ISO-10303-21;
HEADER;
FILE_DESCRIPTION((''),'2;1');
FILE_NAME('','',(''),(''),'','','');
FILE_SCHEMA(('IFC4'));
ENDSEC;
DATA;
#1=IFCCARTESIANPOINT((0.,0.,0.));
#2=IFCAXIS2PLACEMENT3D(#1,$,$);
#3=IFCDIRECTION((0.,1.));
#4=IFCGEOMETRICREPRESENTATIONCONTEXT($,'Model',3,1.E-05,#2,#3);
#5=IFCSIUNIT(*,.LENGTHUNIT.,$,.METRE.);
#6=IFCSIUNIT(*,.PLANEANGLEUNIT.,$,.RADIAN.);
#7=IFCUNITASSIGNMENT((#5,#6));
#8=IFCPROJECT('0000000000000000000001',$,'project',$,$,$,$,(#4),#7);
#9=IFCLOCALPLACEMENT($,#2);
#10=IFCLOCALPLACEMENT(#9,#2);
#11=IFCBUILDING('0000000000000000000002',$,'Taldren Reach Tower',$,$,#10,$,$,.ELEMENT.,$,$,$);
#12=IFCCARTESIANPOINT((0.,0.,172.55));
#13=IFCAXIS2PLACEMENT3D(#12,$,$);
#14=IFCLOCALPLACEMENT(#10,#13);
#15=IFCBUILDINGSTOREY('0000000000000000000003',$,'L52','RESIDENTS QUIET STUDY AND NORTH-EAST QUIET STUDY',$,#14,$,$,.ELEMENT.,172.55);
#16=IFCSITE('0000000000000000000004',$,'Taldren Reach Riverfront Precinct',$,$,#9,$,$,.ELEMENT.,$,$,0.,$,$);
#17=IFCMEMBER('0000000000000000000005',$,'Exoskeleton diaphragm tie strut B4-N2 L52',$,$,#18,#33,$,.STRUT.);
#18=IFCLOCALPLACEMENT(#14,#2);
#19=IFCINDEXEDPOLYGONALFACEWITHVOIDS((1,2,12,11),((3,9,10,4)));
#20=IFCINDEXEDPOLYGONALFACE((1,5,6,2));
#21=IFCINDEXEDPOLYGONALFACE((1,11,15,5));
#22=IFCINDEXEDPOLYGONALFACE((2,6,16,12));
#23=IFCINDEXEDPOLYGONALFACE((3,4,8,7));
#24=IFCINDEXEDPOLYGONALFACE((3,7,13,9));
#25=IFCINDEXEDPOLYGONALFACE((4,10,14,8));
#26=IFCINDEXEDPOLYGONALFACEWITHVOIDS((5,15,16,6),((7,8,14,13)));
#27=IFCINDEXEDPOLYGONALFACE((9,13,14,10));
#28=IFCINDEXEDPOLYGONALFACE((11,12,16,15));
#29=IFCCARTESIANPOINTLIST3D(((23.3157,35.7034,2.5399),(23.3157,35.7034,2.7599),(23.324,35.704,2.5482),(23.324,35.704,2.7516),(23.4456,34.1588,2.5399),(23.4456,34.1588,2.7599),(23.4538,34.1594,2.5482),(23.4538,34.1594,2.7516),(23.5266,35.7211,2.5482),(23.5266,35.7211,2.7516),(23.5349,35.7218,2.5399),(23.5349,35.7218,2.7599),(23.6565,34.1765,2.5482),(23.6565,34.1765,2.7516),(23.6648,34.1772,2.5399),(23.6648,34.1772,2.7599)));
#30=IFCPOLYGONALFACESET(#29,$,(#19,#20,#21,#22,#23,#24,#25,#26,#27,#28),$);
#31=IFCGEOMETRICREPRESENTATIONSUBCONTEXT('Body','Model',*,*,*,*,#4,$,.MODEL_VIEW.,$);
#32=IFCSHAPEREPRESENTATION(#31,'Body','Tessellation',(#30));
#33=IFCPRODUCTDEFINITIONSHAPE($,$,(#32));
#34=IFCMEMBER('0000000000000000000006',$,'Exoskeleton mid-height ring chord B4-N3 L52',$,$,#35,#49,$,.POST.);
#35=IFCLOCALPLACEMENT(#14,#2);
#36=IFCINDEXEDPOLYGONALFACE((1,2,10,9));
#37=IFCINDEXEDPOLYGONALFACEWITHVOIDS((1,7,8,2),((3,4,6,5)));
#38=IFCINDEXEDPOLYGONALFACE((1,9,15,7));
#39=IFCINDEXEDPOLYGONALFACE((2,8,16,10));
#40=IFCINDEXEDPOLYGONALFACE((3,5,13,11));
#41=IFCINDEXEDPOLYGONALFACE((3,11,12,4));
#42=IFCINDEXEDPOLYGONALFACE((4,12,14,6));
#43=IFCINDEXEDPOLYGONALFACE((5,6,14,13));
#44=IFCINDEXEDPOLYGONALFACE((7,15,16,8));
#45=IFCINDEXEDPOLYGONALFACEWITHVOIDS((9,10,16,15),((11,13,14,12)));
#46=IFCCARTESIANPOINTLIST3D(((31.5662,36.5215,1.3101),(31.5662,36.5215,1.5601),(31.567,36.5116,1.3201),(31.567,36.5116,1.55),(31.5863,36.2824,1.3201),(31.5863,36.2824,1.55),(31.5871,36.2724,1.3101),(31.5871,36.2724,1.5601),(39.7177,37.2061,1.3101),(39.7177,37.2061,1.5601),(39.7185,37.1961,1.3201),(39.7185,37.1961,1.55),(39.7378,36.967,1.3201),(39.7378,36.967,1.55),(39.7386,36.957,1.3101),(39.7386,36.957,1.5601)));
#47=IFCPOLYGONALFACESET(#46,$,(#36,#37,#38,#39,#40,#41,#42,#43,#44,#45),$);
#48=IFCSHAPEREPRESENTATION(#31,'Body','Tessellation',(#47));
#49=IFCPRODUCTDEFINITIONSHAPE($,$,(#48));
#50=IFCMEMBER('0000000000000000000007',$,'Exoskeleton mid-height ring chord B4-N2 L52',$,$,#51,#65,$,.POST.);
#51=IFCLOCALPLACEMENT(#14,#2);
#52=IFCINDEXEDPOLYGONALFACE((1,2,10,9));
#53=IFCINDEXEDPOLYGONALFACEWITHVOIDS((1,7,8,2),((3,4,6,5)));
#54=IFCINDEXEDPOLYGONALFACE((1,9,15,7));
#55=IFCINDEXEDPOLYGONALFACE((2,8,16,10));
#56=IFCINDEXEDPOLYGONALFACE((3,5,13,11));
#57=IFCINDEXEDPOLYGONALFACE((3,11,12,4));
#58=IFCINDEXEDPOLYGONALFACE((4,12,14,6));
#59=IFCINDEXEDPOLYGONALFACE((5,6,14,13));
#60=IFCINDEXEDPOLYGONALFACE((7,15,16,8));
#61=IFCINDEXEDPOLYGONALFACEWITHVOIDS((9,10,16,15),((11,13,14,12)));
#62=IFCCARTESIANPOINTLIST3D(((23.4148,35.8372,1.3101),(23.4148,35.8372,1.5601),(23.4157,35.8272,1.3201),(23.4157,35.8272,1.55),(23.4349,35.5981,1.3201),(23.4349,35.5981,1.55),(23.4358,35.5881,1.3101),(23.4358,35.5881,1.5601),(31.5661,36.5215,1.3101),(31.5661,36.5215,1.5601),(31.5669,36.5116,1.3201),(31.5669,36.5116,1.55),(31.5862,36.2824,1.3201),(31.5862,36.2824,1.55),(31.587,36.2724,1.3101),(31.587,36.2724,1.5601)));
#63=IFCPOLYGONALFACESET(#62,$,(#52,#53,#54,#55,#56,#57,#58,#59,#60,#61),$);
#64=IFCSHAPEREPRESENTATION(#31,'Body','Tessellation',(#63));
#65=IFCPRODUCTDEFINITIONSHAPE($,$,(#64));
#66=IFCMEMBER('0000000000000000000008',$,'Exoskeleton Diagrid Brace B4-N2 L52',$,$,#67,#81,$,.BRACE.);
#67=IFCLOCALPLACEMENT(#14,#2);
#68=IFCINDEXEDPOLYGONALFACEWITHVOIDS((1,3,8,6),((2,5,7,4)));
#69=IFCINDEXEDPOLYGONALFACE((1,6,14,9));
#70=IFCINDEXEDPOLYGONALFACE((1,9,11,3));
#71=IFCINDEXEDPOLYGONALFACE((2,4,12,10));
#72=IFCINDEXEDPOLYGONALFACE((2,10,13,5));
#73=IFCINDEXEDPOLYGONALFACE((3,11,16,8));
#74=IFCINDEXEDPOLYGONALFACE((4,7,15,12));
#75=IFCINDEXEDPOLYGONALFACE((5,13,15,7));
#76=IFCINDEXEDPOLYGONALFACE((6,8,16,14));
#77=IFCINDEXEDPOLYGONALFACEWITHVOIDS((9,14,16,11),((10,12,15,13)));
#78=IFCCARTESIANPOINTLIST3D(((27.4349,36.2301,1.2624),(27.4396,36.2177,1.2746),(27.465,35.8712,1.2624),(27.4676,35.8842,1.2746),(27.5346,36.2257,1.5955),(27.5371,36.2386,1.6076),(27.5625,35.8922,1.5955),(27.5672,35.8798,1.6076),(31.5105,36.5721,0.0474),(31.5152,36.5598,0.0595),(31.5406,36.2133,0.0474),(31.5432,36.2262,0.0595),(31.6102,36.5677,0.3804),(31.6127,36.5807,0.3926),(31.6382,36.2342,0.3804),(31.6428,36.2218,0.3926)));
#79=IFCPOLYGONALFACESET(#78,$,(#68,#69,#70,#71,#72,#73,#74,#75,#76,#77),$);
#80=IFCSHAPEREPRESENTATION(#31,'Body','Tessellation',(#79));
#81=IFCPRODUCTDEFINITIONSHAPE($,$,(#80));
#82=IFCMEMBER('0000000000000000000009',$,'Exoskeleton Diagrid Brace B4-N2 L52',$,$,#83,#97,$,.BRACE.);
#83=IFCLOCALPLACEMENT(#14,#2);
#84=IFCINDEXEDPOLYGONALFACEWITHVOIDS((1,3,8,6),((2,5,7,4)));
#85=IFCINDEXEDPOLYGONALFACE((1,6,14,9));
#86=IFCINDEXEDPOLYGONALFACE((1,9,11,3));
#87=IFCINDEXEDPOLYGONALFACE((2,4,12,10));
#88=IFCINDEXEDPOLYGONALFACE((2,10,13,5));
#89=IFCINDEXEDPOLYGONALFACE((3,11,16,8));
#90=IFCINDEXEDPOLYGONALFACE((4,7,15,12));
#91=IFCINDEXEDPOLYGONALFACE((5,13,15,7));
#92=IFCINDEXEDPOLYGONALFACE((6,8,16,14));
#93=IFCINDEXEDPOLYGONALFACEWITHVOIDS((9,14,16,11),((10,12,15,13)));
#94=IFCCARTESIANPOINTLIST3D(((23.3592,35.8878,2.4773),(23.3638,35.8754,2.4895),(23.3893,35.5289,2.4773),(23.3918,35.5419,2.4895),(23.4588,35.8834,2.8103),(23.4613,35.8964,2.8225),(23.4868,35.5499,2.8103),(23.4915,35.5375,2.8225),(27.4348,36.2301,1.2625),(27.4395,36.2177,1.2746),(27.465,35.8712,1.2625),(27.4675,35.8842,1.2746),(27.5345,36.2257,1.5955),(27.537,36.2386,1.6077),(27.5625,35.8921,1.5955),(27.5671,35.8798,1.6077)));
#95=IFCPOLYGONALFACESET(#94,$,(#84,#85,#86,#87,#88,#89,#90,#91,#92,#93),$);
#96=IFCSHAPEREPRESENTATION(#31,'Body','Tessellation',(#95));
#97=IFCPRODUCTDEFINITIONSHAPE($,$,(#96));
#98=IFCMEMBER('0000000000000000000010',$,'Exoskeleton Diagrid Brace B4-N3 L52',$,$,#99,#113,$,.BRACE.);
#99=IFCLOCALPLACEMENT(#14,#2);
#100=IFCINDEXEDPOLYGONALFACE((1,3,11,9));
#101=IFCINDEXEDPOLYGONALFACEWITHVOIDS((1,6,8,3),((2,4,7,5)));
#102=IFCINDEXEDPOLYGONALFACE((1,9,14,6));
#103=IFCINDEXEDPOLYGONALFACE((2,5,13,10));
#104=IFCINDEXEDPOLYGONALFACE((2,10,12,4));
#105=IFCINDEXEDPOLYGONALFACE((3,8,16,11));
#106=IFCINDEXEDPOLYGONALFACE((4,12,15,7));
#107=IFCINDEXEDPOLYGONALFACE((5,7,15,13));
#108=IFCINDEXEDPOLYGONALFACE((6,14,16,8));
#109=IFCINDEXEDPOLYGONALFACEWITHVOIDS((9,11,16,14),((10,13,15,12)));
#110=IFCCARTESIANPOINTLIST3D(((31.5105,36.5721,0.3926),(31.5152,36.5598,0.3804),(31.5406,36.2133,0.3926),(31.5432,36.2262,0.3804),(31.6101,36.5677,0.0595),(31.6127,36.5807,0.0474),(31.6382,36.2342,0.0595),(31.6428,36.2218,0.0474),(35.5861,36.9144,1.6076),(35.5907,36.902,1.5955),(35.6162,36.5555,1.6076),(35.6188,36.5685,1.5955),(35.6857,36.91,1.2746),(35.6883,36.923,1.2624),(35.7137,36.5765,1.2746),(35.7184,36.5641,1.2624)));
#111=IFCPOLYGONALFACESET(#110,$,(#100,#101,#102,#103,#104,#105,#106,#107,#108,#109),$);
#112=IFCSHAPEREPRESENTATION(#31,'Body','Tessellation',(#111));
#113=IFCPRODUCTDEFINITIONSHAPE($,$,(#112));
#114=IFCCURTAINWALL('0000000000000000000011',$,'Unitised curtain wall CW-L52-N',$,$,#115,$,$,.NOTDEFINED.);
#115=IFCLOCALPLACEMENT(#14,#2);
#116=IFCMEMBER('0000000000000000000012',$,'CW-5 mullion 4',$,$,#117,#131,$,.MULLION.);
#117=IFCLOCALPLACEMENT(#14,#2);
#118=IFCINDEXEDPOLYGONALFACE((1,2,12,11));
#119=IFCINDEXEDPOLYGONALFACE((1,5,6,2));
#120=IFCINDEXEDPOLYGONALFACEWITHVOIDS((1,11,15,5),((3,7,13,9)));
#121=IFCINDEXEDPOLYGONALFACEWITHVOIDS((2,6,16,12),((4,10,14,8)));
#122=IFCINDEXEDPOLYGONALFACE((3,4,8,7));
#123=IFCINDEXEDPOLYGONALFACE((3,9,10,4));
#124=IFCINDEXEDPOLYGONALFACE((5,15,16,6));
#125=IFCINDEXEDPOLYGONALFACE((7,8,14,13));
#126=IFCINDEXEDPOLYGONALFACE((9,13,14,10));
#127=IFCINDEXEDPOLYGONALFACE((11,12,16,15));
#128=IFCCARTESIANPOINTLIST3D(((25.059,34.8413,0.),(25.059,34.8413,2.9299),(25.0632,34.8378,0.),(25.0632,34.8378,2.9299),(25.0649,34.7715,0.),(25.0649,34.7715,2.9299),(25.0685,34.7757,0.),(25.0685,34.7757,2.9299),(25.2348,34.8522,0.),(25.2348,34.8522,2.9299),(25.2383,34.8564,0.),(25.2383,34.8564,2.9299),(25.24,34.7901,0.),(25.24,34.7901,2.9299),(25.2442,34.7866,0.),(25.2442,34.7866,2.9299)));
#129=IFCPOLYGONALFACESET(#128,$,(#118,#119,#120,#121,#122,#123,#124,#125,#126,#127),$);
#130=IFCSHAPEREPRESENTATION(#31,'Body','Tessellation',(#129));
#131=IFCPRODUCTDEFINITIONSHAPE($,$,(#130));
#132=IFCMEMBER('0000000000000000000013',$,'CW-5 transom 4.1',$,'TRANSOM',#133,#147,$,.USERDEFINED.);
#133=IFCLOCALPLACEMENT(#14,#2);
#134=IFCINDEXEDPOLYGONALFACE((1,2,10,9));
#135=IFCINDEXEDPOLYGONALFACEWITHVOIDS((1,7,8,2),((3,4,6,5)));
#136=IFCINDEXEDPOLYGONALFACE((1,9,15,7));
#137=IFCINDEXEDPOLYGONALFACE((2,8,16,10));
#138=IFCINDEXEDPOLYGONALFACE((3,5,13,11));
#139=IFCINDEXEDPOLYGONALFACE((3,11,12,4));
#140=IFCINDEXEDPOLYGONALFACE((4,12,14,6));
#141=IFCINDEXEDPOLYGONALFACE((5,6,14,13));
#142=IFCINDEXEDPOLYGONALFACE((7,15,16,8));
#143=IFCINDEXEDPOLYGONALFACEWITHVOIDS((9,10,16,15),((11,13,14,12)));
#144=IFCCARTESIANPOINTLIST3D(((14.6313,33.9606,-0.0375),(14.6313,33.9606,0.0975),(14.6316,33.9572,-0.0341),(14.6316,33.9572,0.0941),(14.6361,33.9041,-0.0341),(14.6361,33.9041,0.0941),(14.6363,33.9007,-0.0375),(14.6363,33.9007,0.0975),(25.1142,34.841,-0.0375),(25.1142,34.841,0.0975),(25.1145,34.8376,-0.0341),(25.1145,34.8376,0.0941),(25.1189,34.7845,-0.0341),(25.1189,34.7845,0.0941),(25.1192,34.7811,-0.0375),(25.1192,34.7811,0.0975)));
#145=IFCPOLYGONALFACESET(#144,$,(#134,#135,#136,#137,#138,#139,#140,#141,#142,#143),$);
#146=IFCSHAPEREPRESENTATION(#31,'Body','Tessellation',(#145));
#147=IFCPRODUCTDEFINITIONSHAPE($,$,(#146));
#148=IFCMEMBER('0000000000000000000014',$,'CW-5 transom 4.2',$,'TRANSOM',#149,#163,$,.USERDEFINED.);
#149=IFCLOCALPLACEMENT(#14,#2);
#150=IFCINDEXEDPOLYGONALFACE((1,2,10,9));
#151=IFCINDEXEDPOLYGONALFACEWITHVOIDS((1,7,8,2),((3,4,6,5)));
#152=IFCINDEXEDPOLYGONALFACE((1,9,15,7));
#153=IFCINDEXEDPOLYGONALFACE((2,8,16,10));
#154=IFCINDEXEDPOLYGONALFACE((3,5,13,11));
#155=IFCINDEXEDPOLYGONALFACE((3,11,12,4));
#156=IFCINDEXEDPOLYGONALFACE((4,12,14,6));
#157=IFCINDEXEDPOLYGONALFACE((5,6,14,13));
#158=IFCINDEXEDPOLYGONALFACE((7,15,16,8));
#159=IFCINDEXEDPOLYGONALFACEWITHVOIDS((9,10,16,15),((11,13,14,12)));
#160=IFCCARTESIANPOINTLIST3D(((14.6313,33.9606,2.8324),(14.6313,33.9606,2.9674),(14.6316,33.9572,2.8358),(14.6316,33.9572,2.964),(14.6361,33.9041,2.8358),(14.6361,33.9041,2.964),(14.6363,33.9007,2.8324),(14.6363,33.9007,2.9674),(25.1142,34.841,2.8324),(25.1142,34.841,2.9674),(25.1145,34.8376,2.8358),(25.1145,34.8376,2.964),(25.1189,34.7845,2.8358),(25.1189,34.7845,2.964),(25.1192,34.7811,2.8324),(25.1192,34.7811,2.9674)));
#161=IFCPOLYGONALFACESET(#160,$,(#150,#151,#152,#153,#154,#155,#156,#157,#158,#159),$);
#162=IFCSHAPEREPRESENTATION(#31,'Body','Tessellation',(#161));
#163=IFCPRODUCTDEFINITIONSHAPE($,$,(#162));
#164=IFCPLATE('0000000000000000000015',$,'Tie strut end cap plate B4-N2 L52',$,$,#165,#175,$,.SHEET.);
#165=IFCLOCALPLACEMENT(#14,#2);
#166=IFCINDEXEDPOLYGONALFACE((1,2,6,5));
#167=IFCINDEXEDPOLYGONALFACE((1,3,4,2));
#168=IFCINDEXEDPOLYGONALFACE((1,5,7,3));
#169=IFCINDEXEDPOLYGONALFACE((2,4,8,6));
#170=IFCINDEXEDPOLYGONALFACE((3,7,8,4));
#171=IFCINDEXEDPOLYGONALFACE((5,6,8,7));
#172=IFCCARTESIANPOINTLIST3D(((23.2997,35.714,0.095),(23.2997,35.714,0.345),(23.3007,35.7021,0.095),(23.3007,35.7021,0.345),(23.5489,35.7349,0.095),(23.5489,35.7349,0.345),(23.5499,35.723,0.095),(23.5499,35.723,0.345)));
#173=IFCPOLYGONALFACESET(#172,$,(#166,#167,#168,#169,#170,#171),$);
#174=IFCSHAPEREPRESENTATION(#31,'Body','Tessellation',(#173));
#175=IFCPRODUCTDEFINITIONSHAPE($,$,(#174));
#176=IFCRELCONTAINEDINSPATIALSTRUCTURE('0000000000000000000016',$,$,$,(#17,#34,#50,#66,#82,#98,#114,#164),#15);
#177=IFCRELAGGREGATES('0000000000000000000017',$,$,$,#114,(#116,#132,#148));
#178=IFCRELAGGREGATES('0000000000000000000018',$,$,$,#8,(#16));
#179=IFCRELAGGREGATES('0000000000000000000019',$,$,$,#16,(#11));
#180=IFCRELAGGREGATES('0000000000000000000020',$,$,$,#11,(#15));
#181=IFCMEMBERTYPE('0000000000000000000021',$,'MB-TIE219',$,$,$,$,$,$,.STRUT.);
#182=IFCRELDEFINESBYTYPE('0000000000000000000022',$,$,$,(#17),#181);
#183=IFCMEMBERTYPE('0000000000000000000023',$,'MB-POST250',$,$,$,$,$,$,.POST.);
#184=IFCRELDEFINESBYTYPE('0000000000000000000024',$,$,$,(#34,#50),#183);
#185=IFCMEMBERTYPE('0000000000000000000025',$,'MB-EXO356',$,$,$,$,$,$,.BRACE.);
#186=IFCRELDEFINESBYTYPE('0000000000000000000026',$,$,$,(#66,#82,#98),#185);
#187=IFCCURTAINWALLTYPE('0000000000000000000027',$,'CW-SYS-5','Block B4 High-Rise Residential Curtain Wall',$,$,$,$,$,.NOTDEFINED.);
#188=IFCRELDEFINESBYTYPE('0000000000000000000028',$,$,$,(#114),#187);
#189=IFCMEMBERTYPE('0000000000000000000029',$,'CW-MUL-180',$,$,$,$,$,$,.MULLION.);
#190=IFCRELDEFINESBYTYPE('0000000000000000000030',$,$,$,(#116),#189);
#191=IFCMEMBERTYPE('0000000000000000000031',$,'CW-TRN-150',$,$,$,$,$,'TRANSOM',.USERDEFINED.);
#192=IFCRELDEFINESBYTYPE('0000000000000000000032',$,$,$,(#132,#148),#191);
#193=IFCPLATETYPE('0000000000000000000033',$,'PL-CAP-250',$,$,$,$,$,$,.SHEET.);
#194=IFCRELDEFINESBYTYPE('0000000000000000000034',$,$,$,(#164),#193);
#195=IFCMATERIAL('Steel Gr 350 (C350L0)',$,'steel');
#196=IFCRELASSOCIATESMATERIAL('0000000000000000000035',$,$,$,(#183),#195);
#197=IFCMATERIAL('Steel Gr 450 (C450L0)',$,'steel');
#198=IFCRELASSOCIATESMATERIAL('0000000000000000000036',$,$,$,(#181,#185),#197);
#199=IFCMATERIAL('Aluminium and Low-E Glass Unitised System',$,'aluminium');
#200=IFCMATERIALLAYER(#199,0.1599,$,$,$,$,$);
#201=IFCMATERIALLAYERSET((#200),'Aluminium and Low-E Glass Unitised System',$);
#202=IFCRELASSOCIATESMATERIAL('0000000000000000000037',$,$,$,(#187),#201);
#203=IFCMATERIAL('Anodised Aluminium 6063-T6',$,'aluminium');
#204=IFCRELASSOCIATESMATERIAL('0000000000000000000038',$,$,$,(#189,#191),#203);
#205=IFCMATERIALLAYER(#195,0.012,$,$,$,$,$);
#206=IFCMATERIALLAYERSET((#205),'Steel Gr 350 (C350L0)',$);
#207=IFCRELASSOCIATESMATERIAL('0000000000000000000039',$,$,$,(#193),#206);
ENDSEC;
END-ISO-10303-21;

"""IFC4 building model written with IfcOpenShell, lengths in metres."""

from ifc_helpers import new_model, si_unit, direction, frame, origin, origin_2d, place, context, subcontext, project, spatial, rectangle, hollow_rectangle, extrude, source, transform, mapped, material, layer, layer_set, material_profile, profile_set, type_object, element, aggregate, save


model = new_model("IFC4")

# Units and contexts
model_context = context("Model", 3, precision=1e-05, world=origin(), true_north=direction((0.0, 1.0)))
body_context = subcontext(model_context, "Body", "Model", "MODEL_VIEW")
ifc_project = project(units=[si_unit("LENGTHUNIT", "METRE"), si_unit("PLANEANGLEUNIT", "RADIAN")], contexts=[model_context])

# Site, building, storey
site_placement = place(None, origin())
site = spatial("IfcSite", under=ifc_project, at=site_placement, Name="Taldren Reach Riverfront Precinct", CompositionType="ELEMENT", RefElevation=0.0)
building_placement = place(site_placement, origin())
building = spatial("IfcBuilding", under=site, at=building_placement, Name="Taldren Reach Tower", CompositionType="ELEMENT")
storey_placement = place(building_placement, frame((0.0, 0.0, 172.55)))
storey = spatial("IfcBuildingStorey", under=building, at=storey_placement, Name="L52", Description="RESIDENTS QUIET STUDY AND NORTH-EAST QUIET STUDY", CompositionType="ELEMENT", Elevation=172.55)

# Shared definitions
ifc_material_1 = material(Name="Steel Gr 350 (C350L0)", Category="steel")
ifc_material_profile_1 = material_profile(ifc_material_1, hollow_rectangle(XDim=0.25, YDim=0.25, WallThickness=0.01, at=origin_2d()), Name="250x250x10.0SHS")
ifc_profile_set_1 = profile_set([ifc_material_profile_1], Name="Steel Gr 350 (C350L0)")
member_type_1 = type_object("IfcMemberType", Name="MB-POST250", PredefinedType="POST", material=ifc_profile_set_1)

# Members
ifc_material_2 = material(Name="Steel Gr 450 (C450L0)", Category="steel")
ifc_material_profile_2 = material_profile(ifc_material_2, hollow_rectangle(XDim=0.22, YDim=0.22, WallThickness=0.0083, at=origin_2d()), Name="220x220x8.2SHS")
ifc_profile_set_2 = profile_set([ifc_material_profile_2], Name="Steel Gr 450 (C450L0)")
member_type_2 = type_object("IfcMemberType", Name="MB-TIE219", PredefinedType="STRUT", material=ifc_profile_set_2)
shared_shape_1 = source(origin(), body_context, "Body", "SweptSolid", [
    extrude(hollow_rectangle(XDim=0.22, YDim=0.22, WallThickness=0.0083, at=origin_2d()), origin(), (0.0, 0.0, 1.0), 1.55),
])
member_1_placement = place(storey_placement, frame((23.5552, 34.168, 2.6499), z_axis=(-0.083788, 0.996484, 0.0), x_axis=(-0.996484, -0.083788, 0.0)))
element("IfcMember", 1, at=member_1_placement, inside=storey, type_object=member_type_2, Name="Exoskeleton diaphragm tie strut B4-N2 L52", PredefinedType="STRUT", context=body_context, shape_type="MappedRepresentation", body=[
    mapped(shared_shape_1, transform((0.0, 0.0, 0.0), scale=1.0)),
])
shared_shape_2 = source(origin(), body_context, "Body", "SweptSolid", [
    extrude(hollow_rectangle(XDim=0.25, YDim=0.25, WallThickness=0.01, at=origin_2d()), origin(), (0.0, 0.0, 1.0), 8.1802),
])
member_2_placement = place(storey_placement, frame((31.5767, 36.397, 1.4351), z_axis=(0.996492, 0.083688, 0.0), x_axis=(-0.083688, 0.996492, 0.0)))
element("IfcMember", 2, at=member_2_placement, inside=storey, type_object=member_type_1, Name="Exoskeleton mid-height ring chord B4-N3 L52", PredefinedType="POST", context=body_context, shape_type="MappedRepresentation", body=[
    mapped(shared_shape_2, transform((0.0, 0.0, 0.0), scale=1.0)),
])
shared_shape_3 = source(origin(), body_context, "Body", "SweptSolid", [
    extrude(hollow_rectangle(XDim=0.25, YDim=0.25, WallThickness=0.01, at=origin_2d()), origin(), (0.0, 0.0, 1.0), 8.1799),
])
member_3_placement = place(storey_placement, frame((23.4253, 35.7126, 1.4351), z_axis=(0.996495, 0.083658, 0.0), x_axis=(-0.083658, 0.996495, 0.0)))
element("IfcMember", 3, at=member_3_placement, inside=storey, type_object=member_type_1, Name="Exoskeleton mid-height ring chord B4-N2 L52", PredefinedType="POST", context=body_context, shape_type="MappedRepresentation", body=[
    mapped(shared_shape_3, transform((0.0, 0.0, 0.0), scale=1.0)),
])
ifc_material_profile_3 = material_profile(ifc_material_2, hollow_rectangle(XDim=0.3601, YDim=0.3601, WallThickness=0.0127, at=origin_2d()), Name="360x360x12.7SHS")
ifc_profile_set_3 = profile_set([ifc_material_profile_3], Name="Steel Gr 450 (C450L0)")
member_type_3 = type_object("IfcMemberType", Name="MB-EXO356", PredefinedType="BRACE", material=ifc_profile_set_3)
shared_shape_4 = source(origin(), body_context, "Body", "SweptSolid", [
    extrude(hollow_rectangle(XDim=0.3601, YDim=0.3601, WallThickness=0.0127, at=origin_2d()), origin(), (0.0, 0.0, 1.0), 4.2666),
])
for number, where, z_axis, x_axis, name in (
    (4, (31.5767, 36.397, 0.22), (-0.955234, -0.080165, 0.284785), (0.083628, -0.996497, 0.0), "Exoskeleton Diagrid Brace B4-N2 L52"),
    (5, (27.501, 36.0549, 1.4351), (-0.955245, -0.080224, 0.284731), (0.083688, -0.996492, 0.0), "Exoskeleton Diagrid Brace B4-N2 L52"),
    (6, (31.5767, 36.397, 0.22), (0.955229, 0.080222, 0.284783), (-0.083688, 0.996492, 0.0), "Exoskeleton Diagrid Brace B4-N3 L52"),
):
    element("IfcMember", number, at=place(storey_placement, frame(where, z_axis=z_axis, x_axis=x_axis)), inside=storey, type_object=member_type_3, Name=name, PredefinedType="BRACE", context=body_context, shape_type="MappedRepresentation", body=[
        mapped(shared_shape_4, transform((0.0, 0.0, 0.0), scale=1.0)),
    ])

# Curtain wall, members
ifc_material_3 = material(Name="Aluminium and Low-E Glass Unitised System", Category="aluminium")
ifc_layer_1 = layer(ifc_material_3, 0.1599)
ifc_layer_set_1 = layer_set([ifc_layer_1], Name="Aluminium and Low-E Glass Unitised System")
curtain_wall_type = type_object("IfcCurtainWallType", Name="CW-SYS-5", Description="Block B4 High-Rise Residential Curtain Wall", PredefinedType="NOTDEFINED", material=ifc_layer_set_1)
curtain_wall_placement = place(storey_placement, origin())
curtain_wall = element("IfcCurtainWall", 7, at=curtain_wall_placement, inside=storey, type_object=curtain_wall_type, Name="Unitised curtain wall CW-L52-N", PredefinedType="NOTDEFINED")
ifc_material_4 = material(Name="Anodised Aluminium 6063-T6", Category="aluminium")
ifc_material_profile_4 = material_profile(ifc_material_4, hollow_rectangle(XDim=0.0701, YDim=0.1799, WallThickness=0.0039, at=origin_2d()), Name="ALU-180x70x4RHS")
ifc_profile_set_4 = profile_set([ifc_material_profile_4], Name="Anodised Aluminium 6063-T6")
member_type_4 = type_object("IfcMemberType", Name="CW-MUL-180", PredefinedType="MULLION", material=ifc_profile_set_4)
shared_shape_5 = source(origin(), body_context, "Body", "SweptSolid", [
    extrude(hollow_rectangle(XDim=0.0701, YDim=0.1799, WallThickness=0.0039, at=origin_2d()), origin(), (0.0, 0.0, 1.0), 2.9299),
])
member_4_placement = place(storey_placement, frame((25.1516, 34.814, 0.0), z_axis=(0.0, 0.0, 1.0), x_axis=(0.083678, -0.996493, 0.0)))
member_4 = element("IfcMember", 8, at=member_4_placement, type_object=member_type_4, Name="CW-5 mullion 4", PredefinedType="MULLION", context=body_context, shape_type="MappedRepresentation", body=[
    mapped(shared_shape_5, transform((0.0, 0.0, 0.0), scale=1.0)),
])
ifc_material_profile_5 = material_profile(ifc_material_4, hollow_rectangle(XDim=0.0601, YDim=0.135, WallThickness=0.0034, at=origin_2d()), Name="ALU-135x60x3.5RHS")
ifc_profile_set_5 = profile_set([ifc_material_profile_5], Name="Anodised Aluminium 6063-T6")
member_type_5 = type_object("IfcMemberType", Name="CW-TRN-150", ElementType="TRANSOM", PredefinedType="USERDEFINED", material=ifc_profile_set_5)
shared_shape_6 = source(origin(), body_context, "Body", "SweptSolid", [
    extrude(hollow_rectangle(XDim=0.0601, YDim=0.135, WallThickness=0.0034, at=origin_2d()), origin(), (0.0, 0.0, 1.0), 10.5198),
])
member_5_placement = place(storey_placement, frame((25.1167, 34.811, 0.03), z_axis=(-0.996492, -0.083687, 0.0), x_axis=(0.083687, -0.996492, 0.0)))
member_5 = element("IfcMember", 9, at=member_5_placement, type_object=member_type_5, Name="CW-5 transom 4.1", ObjectType="TRANSOM", PredefinedType="USERDEFINED", context=body_context, shape_type="MappedRepresentation", body=[
    mapped(shared_shape_6, transform((0.0, 0.0, 0.0), scale=1.0)),
])
member_6_placement = place(storey_placement, frame((25.1167, 34.811, 2.8999), z_axis=(-0.996492, -0.083687, 0.0), x_axis=(0.083687, -0.996492, 0.0)))
member_6 = element("IfcMember", 10, at=member_6_placement, type_object=member_type_5, Name="CW-5 transom 4.2", ObjectType="TRANSOM", PredefinedType="USERDEFINED", context=body_context, shape_type="MappedRepresentation", body=[
    mapped(shared_shape_6, transform((0.0, 0.0, 0.0), scale=1.0)),
])

# Plate
ifc_layer_2 = layer(ifc_material_1, 0.012)
ifc_layer_set_2 = layer_set([ifc_layer_2], Name="Steel Gr 350 (C350L0)")
plate_type_1 = type_object("IfcPlateType", Name="PL-CAP-250", PredefinedType="SHEET", material=ifc_layer_set_2)
shared_shape_7 = source(origin(), body_context, "Body", "SweptSolid", [
    extrude(rectangle(XDim=0.25, YDim=0.012, at=origin_2d()), origin(), (0.0, 0.0, 1.0), 0.25),
])
plate_1_placement = place(storey_placement, frame((23.4248, 35.7185, 0.095), z_axis=(0.0, 0.0, 1.0), x_axis=(0.996493, 0.083678, 0.0)))
element("IfcPlate", 11, at=plate_1_placement, inside=storey, type_object=plate_type_1, Name="Tie strut end cap plate B4-N2 L52", PredefinedType="SHEET", context=body_context, shape_type="MappedRepresentation", body=[
    mapped(shared_shape_7, transform((0.0, 0.0, 0.0), scale=1.0)),
])

aggregate(curtain_wall, [member_4, member_5, member_6])

save(model, "model.ifc")
